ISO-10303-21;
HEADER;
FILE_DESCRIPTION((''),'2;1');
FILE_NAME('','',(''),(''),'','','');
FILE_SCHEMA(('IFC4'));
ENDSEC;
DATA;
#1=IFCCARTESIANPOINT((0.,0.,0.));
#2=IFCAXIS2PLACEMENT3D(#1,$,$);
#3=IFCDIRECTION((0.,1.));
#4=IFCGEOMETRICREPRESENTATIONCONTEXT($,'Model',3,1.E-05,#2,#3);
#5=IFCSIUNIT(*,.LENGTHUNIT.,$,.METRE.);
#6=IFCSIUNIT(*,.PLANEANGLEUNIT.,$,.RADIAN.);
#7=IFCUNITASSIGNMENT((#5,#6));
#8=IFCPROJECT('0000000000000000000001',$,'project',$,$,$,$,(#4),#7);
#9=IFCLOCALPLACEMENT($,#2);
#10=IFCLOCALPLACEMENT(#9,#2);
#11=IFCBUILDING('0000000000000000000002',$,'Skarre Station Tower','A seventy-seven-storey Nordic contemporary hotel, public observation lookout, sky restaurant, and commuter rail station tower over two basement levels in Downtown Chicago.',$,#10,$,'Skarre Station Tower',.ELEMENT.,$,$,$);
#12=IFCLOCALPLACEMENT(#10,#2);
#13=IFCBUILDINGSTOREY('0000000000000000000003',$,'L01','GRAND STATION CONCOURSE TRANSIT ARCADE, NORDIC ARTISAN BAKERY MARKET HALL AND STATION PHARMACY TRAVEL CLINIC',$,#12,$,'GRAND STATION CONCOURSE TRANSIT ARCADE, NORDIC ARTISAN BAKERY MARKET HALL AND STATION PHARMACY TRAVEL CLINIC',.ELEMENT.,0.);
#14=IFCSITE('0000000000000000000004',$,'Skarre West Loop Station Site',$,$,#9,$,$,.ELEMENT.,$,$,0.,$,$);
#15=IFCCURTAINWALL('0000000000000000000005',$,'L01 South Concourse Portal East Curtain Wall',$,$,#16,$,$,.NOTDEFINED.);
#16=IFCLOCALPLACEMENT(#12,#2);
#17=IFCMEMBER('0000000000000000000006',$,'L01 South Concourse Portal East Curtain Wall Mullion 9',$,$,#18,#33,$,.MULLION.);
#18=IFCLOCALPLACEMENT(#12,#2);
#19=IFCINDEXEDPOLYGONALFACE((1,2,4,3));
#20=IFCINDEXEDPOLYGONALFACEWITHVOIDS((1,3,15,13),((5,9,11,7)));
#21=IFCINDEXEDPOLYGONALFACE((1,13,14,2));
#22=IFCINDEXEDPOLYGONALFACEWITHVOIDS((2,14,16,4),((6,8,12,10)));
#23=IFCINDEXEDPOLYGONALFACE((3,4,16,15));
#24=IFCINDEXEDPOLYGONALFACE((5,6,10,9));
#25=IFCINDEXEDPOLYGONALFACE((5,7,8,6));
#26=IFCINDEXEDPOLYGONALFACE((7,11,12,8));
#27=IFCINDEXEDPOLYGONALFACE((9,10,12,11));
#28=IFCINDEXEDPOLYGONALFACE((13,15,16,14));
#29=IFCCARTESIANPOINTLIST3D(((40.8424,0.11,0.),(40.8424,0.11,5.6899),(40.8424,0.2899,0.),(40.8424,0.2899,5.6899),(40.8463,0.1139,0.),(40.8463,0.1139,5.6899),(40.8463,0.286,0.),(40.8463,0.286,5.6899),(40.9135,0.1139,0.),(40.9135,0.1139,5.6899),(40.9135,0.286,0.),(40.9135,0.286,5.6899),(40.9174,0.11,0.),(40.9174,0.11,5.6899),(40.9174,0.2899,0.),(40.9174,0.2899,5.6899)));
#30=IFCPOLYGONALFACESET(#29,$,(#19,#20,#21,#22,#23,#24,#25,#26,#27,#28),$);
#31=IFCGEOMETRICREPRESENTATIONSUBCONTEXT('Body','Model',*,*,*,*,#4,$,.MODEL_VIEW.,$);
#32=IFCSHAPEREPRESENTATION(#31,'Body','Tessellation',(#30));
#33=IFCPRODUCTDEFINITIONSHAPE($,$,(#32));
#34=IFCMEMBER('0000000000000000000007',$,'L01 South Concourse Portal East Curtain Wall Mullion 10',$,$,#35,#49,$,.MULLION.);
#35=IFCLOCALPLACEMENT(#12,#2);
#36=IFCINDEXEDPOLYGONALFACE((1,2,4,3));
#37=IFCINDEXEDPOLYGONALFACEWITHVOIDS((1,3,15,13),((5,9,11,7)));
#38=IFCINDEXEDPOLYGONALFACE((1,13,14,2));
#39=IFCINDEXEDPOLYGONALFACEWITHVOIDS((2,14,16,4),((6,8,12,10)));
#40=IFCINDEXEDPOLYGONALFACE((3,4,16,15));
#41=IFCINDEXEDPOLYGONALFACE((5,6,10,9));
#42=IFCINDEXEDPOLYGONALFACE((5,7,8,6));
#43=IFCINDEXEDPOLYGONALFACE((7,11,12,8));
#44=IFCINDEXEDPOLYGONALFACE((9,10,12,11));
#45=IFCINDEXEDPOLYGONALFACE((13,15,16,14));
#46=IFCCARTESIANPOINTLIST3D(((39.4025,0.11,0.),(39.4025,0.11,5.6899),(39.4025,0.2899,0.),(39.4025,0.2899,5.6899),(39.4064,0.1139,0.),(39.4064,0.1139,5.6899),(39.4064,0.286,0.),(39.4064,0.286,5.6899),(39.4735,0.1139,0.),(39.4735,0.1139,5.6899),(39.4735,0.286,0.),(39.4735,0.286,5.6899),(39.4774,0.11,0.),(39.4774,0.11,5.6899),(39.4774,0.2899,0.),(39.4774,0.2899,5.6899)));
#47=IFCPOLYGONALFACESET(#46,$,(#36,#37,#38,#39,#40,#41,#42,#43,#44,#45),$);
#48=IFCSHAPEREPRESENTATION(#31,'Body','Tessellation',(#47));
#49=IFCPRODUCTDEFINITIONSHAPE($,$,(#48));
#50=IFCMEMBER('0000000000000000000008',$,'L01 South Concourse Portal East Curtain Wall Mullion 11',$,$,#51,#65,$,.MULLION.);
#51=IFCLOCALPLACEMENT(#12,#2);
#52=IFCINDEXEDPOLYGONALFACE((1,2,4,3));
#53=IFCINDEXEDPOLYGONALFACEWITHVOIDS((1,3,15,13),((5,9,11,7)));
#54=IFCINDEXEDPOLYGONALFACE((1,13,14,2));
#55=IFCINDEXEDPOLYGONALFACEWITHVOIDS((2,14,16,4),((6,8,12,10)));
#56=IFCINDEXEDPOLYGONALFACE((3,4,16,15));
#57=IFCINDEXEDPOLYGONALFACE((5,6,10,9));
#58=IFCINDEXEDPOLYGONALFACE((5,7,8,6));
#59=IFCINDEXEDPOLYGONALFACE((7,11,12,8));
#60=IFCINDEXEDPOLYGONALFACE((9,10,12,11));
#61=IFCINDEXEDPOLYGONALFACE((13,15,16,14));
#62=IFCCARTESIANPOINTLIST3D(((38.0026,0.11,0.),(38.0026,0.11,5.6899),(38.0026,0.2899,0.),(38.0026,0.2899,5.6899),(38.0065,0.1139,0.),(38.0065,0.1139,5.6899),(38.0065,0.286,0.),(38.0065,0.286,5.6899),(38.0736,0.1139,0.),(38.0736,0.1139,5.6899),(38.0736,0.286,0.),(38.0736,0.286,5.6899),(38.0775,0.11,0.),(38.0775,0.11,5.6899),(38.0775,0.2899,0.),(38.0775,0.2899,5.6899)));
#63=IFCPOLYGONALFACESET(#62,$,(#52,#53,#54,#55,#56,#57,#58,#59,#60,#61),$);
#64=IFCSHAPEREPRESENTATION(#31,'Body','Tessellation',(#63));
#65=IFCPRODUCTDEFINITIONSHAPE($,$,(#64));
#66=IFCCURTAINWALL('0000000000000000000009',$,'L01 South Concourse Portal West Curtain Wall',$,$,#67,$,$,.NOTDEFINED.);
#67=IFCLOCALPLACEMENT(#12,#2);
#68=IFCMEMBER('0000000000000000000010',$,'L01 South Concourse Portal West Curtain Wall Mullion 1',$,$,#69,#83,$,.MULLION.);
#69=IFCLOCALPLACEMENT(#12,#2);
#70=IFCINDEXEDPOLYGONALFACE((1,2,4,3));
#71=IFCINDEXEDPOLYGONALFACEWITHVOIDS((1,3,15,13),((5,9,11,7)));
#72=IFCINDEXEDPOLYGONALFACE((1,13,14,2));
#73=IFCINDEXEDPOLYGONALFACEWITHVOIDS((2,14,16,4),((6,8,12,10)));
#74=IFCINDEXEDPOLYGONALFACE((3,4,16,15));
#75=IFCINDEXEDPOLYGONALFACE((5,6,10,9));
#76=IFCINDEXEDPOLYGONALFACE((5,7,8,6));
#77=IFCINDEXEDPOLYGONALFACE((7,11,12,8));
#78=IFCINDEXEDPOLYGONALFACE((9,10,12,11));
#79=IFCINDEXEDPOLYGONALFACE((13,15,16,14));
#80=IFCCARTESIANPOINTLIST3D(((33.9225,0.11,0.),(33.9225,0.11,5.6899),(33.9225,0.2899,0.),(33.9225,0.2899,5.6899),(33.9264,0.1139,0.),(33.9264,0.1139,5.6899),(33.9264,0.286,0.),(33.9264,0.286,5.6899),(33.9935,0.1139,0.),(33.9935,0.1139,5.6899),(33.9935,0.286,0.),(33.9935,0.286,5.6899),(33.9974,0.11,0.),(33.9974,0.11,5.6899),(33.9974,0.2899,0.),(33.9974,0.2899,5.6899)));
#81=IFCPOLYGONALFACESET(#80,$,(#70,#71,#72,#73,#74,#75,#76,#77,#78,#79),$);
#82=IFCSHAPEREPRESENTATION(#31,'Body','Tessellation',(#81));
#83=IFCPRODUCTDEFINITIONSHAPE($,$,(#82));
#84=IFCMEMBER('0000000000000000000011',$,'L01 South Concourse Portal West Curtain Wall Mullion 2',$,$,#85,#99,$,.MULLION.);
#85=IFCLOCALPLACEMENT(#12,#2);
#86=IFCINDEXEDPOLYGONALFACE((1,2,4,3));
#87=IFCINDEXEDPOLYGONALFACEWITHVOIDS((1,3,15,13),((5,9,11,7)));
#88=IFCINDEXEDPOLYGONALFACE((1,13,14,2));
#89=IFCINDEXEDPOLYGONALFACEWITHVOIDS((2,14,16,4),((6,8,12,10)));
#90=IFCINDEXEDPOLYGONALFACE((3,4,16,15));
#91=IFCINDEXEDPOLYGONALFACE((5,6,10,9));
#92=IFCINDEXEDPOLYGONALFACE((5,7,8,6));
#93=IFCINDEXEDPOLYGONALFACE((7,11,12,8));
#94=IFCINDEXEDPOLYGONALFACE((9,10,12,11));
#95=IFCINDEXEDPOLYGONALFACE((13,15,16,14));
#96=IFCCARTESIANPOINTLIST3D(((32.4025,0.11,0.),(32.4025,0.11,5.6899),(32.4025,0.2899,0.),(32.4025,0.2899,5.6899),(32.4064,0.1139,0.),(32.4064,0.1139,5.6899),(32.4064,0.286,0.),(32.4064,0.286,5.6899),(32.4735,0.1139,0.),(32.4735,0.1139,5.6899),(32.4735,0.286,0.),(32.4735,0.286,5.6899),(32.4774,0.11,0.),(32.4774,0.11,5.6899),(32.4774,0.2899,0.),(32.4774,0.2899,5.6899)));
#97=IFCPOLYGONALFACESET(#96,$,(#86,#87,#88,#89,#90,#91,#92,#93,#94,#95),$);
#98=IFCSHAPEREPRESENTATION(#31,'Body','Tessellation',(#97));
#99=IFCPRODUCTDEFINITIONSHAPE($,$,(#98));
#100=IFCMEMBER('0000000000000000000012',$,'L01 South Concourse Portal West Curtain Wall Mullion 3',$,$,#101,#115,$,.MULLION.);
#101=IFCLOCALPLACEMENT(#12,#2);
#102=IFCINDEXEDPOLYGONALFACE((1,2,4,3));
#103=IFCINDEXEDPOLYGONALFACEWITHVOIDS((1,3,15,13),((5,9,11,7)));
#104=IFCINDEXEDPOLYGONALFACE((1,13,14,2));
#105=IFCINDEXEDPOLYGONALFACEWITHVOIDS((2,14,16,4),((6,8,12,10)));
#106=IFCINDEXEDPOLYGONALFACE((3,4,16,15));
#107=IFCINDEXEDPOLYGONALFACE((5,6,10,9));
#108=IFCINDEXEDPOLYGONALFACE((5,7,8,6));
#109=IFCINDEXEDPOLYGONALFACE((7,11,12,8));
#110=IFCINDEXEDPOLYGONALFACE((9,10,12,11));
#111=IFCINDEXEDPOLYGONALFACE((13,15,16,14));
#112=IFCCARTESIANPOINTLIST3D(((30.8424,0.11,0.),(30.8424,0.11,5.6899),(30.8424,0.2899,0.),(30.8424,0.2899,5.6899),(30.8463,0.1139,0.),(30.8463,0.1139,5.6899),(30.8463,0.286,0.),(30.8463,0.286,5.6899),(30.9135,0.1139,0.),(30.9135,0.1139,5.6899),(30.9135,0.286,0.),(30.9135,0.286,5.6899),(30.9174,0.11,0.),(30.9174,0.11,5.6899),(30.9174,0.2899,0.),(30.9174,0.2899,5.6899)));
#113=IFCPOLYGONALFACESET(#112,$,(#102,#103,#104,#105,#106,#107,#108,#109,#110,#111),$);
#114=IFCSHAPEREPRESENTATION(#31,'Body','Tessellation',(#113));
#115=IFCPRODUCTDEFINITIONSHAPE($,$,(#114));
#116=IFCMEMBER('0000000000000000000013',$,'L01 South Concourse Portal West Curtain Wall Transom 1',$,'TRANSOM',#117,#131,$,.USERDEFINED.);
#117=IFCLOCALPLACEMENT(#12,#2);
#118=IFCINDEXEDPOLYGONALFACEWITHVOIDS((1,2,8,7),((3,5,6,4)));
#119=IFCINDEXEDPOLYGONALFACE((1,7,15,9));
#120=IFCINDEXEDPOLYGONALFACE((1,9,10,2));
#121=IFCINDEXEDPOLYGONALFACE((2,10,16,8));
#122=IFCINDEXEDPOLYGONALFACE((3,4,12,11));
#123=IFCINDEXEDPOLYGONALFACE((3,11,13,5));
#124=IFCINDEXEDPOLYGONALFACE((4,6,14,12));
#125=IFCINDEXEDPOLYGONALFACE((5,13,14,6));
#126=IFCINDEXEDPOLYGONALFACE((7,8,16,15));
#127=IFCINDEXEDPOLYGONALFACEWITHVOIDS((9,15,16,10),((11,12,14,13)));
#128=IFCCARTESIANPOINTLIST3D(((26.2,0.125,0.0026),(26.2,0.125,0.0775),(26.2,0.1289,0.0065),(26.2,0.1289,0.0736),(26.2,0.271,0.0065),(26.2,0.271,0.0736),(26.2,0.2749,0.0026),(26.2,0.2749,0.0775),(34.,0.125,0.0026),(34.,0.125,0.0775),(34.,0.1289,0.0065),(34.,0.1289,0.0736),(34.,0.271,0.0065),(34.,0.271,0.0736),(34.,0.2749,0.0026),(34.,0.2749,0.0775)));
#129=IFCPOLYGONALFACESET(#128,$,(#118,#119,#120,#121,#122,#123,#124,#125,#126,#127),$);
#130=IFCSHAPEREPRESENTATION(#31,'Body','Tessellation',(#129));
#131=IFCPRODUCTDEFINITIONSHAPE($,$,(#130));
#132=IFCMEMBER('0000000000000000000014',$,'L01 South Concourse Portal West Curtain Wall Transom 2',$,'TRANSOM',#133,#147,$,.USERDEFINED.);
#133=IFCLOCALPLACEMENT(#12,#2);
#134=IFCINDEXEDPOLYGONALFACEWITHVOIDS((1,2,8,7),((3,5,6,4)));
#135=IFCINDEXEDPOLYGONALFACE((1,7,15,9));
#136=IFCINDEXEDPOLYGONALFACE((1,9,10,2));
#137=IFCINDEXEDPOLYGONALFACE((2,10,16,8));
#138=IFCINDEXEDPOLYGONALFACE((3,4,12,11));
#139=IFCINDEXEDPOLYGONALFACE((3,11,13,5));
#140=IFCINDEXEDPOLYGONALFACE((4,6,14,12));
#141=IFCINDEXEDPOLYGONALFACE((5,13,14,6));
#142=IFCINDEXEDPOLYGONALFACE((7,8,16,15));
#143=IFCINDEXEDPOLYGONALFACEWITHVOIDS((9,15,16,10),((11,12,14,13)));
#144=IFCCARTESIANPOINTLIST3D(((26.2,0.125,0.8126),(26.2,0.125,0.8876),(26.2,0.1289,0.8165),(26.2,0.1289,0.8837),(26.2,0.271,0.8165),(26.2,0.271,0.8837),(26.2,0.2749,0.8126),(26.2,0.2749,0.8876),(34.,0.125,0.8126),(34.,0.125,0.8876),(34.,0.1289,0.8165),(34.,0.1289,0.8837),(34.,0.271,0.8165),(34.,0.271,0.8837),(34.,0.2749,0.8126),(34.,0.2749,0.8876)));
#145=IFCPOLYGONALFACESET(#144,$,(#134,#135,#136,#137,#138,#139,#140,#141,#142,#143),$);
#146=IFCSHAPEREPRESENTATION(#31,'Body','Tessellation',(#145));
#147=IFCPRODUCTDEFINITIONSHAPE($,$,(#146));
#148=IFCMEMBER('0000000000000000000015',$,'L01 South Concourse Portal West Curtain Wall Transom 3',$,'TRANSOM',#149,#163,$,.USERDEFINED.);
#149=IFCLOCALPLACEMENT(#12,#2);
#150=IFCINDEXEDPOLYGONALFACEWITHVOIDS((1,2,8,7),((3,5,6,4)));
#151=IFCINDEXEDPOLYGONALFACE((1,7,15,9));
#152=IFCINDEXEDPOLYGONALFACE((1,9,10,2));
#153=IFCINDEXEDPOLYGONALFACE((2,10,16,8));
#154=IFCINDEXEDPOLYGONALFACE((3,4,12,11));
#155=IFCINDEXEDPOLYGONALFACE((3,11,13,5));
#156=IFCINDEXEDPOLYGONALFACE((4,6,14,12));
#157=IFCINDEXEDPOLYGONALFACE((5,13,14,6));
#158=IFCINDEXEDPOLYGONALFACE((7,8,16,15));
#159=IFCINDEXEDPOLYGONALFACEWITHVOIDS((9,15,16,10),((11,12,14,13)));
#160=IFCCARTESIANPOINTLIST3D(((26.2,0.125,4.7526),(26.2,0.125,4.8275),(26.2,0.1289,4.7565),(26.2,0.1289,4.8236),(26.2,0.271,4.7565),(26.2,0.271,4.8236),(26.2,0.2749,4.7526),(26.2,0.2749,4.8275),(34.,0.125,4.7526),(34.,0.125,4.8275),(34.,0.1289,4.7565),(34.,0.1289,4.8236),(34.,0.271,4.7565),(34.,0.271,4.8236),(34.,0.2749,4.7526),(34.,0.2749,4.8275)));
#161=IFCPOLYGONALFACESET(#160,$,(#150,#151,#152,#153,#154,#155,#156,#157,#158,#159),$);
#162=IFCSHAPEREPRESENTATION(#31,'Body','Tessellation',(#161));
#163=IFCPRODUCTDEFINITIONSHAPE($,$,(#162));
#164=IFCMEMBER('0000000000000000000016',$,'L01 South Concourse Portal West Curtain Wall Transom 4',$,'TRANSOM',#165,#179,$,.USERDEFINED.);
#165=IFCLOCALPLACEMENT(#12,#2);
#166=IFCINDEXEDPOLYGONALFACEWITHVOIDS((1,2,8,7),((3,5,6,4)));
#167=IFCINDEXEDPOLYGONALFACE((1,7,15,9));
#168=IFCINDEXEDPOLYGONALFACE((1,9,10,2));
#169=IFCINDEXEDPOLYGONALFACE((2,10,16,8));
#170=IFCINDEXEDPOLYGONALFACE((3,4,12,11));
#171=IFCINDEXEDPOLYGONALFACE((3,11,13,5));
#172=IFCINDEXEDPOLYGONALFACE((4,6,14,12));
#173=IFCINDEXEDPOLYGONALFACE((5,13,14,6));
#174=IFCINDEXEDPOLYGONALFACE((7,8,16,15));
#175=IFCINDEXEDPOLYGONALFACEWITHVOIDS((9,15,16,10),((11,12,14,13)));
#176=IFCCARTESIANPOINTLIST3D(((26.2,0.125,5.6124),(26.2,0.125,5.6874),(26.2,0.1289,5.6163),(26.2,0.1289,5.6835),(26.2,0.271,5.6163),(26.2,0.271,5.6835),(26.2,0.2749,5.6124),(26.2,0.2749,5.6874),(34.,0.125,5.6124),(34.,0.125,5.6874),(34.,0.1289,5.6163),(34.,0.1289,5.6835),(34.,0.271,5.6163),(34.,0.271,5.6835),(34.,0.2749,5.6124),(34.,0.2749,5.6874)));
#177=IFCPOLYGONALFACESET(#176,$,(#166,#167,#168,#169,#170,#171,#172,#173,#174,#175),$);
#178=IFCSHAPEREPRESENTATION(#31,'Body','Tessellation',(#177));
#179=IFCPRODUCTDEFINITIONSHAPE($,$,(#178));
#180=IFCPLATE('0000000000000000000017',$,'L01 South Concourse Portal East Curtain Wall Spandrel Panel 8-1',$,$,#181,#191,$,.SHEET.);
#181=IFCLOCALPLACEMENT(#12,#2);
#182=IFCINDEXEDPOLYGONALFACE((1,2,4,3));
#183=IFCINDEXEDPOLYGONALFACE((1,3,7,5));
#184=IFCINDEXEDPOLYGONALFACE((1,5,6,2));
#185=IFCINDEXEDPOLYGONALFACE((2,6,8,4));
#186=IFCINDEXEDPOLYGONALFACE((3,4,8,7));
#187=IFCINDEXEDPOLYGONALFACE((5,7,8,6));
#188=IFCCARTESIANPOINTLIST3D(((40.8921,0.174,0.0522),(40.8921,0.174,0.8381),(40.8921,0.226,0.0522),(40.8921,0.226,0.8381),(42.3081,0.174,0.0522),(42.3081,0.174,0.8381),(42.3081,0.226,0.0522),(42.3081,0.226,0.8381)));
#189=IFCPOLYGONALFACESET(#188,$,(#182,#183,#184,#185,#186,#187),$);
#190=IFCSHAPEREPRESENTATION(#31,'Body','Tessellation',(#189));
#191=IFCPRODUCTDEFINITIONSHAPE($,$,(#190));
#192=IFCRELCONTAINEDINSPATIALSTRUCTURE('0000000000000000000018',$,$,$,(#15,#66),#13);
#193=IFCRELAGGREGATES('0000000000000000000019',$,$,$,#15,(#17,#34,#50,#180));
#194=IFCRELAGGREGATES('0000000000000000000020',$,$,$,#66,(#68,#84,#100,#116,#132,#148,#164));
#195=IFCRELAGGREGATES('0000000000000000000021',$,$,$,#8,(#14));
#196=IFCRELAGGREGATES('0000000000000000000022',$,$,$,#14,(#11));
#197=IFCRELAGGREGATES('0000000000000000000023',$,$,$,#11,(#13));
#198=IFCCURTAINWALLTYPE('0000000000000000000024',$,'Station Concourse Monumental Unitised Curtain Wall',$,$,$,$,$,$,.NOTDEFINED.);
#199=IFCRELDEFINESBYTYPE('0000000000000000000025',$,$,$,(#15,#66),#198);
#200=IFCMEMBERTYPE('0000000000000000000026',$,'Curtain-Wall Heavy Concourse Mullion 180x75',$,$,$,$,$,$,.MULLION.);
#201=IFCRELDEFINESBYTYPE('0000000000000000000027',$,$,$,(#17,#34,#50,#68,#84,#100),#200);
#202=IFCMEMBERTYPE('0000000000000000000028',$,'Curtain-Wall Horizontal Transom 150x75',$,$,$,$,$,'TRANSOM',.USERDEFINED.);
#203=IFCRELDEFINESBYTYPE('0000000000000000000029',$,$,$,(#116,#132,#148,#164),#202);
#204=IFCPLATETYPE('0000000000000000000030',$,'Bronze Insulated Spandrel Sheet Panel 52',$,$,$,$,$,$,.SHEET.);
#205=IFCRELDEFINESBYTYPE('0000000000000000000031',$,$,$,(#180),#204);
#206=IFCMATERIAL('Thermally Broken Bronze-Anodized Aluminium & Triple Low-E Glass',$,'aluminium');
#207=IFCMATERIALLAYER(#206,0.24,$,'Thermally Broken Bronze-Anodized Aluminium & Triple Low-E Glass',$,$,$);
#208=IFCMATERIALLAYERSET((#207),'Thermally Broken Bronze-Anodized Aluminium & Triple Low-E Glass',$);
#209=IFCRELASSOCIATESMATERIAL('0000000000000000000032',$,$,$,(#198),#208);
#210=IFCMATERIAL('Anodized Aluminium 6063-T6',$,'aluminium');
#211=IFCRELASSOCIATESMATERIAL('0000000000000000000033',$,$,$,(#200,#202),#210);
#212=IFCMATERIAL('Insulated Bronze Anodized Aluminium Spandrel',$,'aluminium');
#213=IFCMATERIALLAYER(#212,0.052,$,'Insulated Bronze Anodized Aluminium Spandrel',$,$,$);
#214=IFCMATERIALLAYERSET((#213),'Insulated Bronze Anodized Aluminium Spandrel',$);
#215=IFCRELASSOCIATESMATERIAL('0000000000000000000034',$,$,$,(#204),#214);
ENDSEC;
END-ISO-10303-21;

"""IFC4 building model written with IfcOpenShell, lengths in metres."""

from ifc_helpers import new_model, si_unit, direction, frame, origin, origin_2d, place, context, subcontext, project, spatial, rectangle, hollow_rectangle, extrude, material, layer, layer_set, material_profile, profile_set, type_object, element, aggregate, save


model = new_model("IFC4")

# Units and contexts
model_context = context("Model", 3, precision=1e-05, world=origin(), true_north=direction((0.0, 1.0)))
body_context = subcontext(model_context, "Body", "Model", "MODEL_VIEW")
ifc_project = project(units=[si_unit("LENGTHUNIT", "METRE"), si_unit("PLANEANGLEUNIT", "RADIAN")], contexts=[model_context])

# Site, building, storey
site_placement = place(None, origin())
site = spatial("IfcSite", under=ifc_project, at=site_placement, Name="Skarre West Loop Station Site", CompositionType="ELEMENT", RefElevation=0.0)
building_placement = place(site_placement, origin())
building = spatial("IfcBuilding", under=site, at=building_placement, Name="Skarre Station Tower", Description="A seventy-seven-storey Nordic contemporary hotel, public observation lookout, sky restaurant, and commuter rail station tower over two basement levels in Downtown Chicago.", LongName="Skarre Station Tower", CompositionType="ELEMENT")
storey_placement = place(building_placement, origin())
storey = spatial("IfcBuildingStorey", under=building, at=storey_placement, Name="L01", Description="GRAND STATION CONCOURSE TRANSIT ARCADE, NORDIC ARTISAN BAKERY MARKET HALL AND STATION PHARMACY TRAVEL CLINIC", LongName="GRAND STATION CONCOURSE TRANSIT ARCADE, NORDIC ARTISAN BAKERY MARKET HALL AND STATION PHARMACY TRAVEL CLINIC", CompositionType="ELEMENT", Elevation=0.0)

# Curtain walls, members
ifc_material_1 = material(Name="Thermally Broken Bronze-Anodized Aluminium & Triple Low-E Glass", Category="aluminium")
ifc_layer_1 = layer(ifc_material_1, 0.24, Name="Thermally Broken Bronze-Anodized Aluminium & Triple Low-E Glass")
ifc_layer_set_1 = layer_set([ifc_layer_1], Name="Thermally Broken Bronze-Anodized Aluminium & Triple Low-E Glass")
curtain_wall_type = type_object("IfcCurtainWallType", Name="Station Concourse Monumental Unitised Curtain Wall", PredefinedType="NOTDEFINED", material=ifc_layer_set_1)
curtain_wall_1_placement = place(storey_placement, origin())
curtain_wall_1 = element("IfcCurtainWall", 1, at=curtain_wall_1_placement, inside=storey, type_object=curtain_wall_type, Name="L01 South Concourse Portal East Curtain Wall", PredefinedType="NOTDEFINED")
ifc_material_2 = material(Name="Anodized Aluminium 6063-T6", Category="aluminium")
ifc_material_profile_1 = material_profile(ifc_material_2, hollow_rectangle(XDim=0.075, YDim=0.1799, WallThickness=0.0039, at=origin_2d()), Name="Anodized Aluminium 6063-T6")
ifc_profile_set_1 = profile_set([ifc_material_profile_1], Name="Anodized Aluminium 6063-T6")
member_type_1 = type_object("IfcMemberType", Name="Curtain-Wall Heavy Concourse Mullion 180x75", PredefinedType="MULLION", material=ifc_profile_set_1)
member_1_placement = place(storey_placement, frame((40.8799, 0.2, 0.0), z_axis=(0.0, 0.0, 1.0), x_axis=(-1.0, 0.0, 0.0)))
member_1 = element("IfcMember", 2, at=member_1_placement, type_object=member_type_1, Name="L01 South Concourse Portal East Curtain Wall Mullion 9", PredefinedType="MULLION", context=body_context, shape_type="SweptSolid", body=[
    extrude(hollow_rectangle(XDim=0.075, YDim=0.1799, WallThickness=0.0039, at=origin_2d()), origin(), (0.0, 0.0, 1.0), 5.6899),
])
member_2_placement = place(storey_placement, frame((39.4399, 0.2, 0.0), z_axis=(0.0, 0.0, 1.0), x_axis=(-1.0, 0.0, 0.0)))
member_2 = element("IfcMember", 3, at=member_2_placement, type_object=member_type_1, Name="L01 South Concourse Portal East Curtain Wall Mullion 10", PredefinedType="MULLION", context=body_context, shape_type="SweptSolid", body=[
    extrude(hollow_rectangle(XDim=0.075, YDim=0.1799, WallThickness=0.0039, at=origin_2d()), origin(), (0.0, 0.0, 1.0), 5.6899),
])
member_3_placement = place(storey_placement, frame((38.04, 0.2, 0.0), z_axis=(0.0, 0.0, 1.0), x_axis=(-1.0, 0.0, 0.0)))
member_3 = element("IfcMember", 4, at=member_3_placement, type_object=member_type_1, Name="L01 South Concourse Portal East Curtain Wall Mullion 11", PredefinedType="MULLION", context=body_context, shape_type="SweptSolid", body=[
    extrude(hollow_rectangle(XDim=0.075, YDim=0.1799, WallThickness=0.0039, at=origin_2d()), origin(), (0.0, 0.0, 1.0), 5.6899),
])
curtain_wall_2_placement = place(storey_placement, origin())
curtain_wall_2 = element("IfcCurtainWall", 5, at=curtain_wall_2_placement, inside=storey, type_object=curtain_wall_type, Name="L01 South Concourse Portal West Curtain Wall", PredefinedType="NOTDEFINED")
member_4_placement = place(storey_placement, frame((33.96, 0.2, 0.0), z_axis=(0.0, 0.0, 1.0), x_axis=(-1.0, 0.0, 0.0)))
member_4 = element("IfcMember", 6, at=member_4_placement, type_object=member_type_1, Name="L01 South Concourse Portal West Curtain Wall Mullion 1", PredefinedType="MULLION", context=body_context, shape_type="SweptSolid", body=[
    extrude(hollow_rectangle(XDim=0.075, YDim=0.1799, WallThickness=0.0039, at=origin_2d()), origin(), (0.0, 0.0, 1.0), 5.6899),
])
member_5_placement = place(storey_placement, frame((32.4399, 0.2, 0.0), z_axis=(0.0, 0.0, 1.0), x_axis=(-1.0, 0.0, 0.0)))
member_5 = element("IfcMember", 7, at=member_5_placement, type_object=member_type_1, Name="L01 South Concourse Portal West Curtain Wall Mullion 2", PredefinedType="MULLION", context=body_context, shape_type="SweptSolid", body=[
    extrude(hollow_rectangle(XDim=0.075, YDim=0.1799, WallThickness=0.0039, at=origin_2d()), origin(), (0.0, 0.0, 1.0), 5.6899),
])
member_6_placement = place(storey_placement, frame((30.8799, 0.2, 0.0), z_axis=(0.0, 0.0, 1.0), x_axis=(-1.0, 0.0, 0.0)))
member_6 = element("IfcMember", 8, at=member_6_placement, type_object=member_type_1, Name="L01 South Concourse Portal West Curtain Wall Mullion 3", PredefinedType="MULLION", context=body_context, shape_type="SweptSolid", body=[
    extrude(hollow_rectangle(XDim=0.075, YDim=0.1799, WallThickness=0.0039, at=origin_2d()), origin(), (0.0, 0.0, 1.0), 5.6899),
])
ifc_material_profile_2 = material_profile(ifc_material_2, hollow_rectangle(XDim=0.075, YDim=0.1499, WallThickness=0.0039, at=origin_2d()), Name="Anodized Aluminium 6063-T6")
ifc_profile_set_2 = profile_set([ifc_material_profile_2], Name="Anodized Aluminium 6063-T6")
member_type_2 = type_object("IfcMemberType", Name="Curtain-Wall Horizontal Transom 150x75", ElementType="TRANSOM", PredefinedType="USERDEFINED", material=ifc_profile_set_2)
member_7_placement = place(storey_placement, frame((34.0, 0.2, 0.04), z_axis=(-1.0, 0.0, 0.0), x_axis=(0.0, 0.0, 1.0)))
member_7 = element("IfcMember", 9, at=member_7_placement, type_object=member_type_2, Name="L01 South Concourse Portal West Curtain Wall Transom 1", ObjectType="TRANSOM", PredefinedType="USERDEFINED", context=body_context, shape_type="SweptSolid", body=[
    extrude(hollow_rectangle(XDim=0.075, YDim=0.1499, WallThickness=0.0039, at=origin_2d()), origin(), (0.0, 0.0, 1.0), 7.8),
])
member_8_placement = place(storey_placement, frame((34.0, 0.2, 0.8501), z_axis=(-1.0, 0.0, 0.0), x_axis=(0.0, 0.0, 1.0)))
member_8 = element("IfcMember", 10, at=member_8_placement, type_object=member_type_2, Name="L01 South Concourse Portal West Curtain Wall Transom 2", ObjectType="TRANSOM", PredefinedType="USERDEFINED", context=body_context, shape_type="SweptSolid", body=[
    extrude(hollow_rectangle(XDim=0.075, YDim=0.1499, WallThickness=0.0039, at=origin_2d()), origin(), (0.0, 0.0, 1.0), 7.8),
])
member_9_placement = place(storey_placement, frame((34.0, 0.2, 4.79), z_axis=(-1.0, 0.0, 0.0), x_axis=(0.0, 0.0, 1.0)))
member_9 = element("IfcMember", 11, at=member_9_placement, type_object=member_type_2, Name="L01 South Concourse Portal West Curtain Wall Transom 3", ObjectType="TRANSOM", PredefinedType="USERDEFINED", context=body_context, shape_type="SweptSolid", body=[
    extrude(hollow_rectangle(XDim=0.075, YDim=0.1499, WallThickness=0.0039, at=origin_2d()), origin(), (0.0, 0.0, 1.0), 7.8),
])
member_10_placement = place(storey_placement, frame((34.0, 0.2, 5.6499), z_axis=(-1.0, 0.0, 0.0), x_axis=(0.0, 0.0, 1.0)))
member_10 = element("IfcMember", 12, at=member_10_placement, type_object=member_type_2, Name="L01 South Concourse Portal West Curtain Wall Transom 4", ObjectType="TRANSOM", PredefinedType="USERDEFINED", context=body_context, shape_type="SweptSolid", body=[
    extrude(hollow_rectangle(XDim=0.075, YDim=0.1499, WallThickness=0.0039, at=origin_2d()), origin(), (0.0, 0.0, 1.0), 7.8),
])

# Plate
ifc_material_3 = material(Name="Insulated Bronze Anodized Aluminium Spandrel", Category="aluminium")
ifc_layer_2 = layer(ifc_material_3, 0.052, Name="Insulated Bronze Anodized Aluminium Spandrel")
ifc_layer_set_2 = layer_set([ifc_layer_2], Name="Insulated Bronze Anodized Aluminium Spandrel")
plate_type_1 = type_object("IfcPlateType", Name="Bronze Insulated Spandrel Sheet Panel 52", PredefinedType="SHEET", material=ifc_layer_set_2)
plate_1_placement = place(storey_placement, frame((41.6001, 0.2, 0.0522), z_axis=(0.0, 0.0, 1.0), x_axis=(-1.0, 0.0, 0.0)))
plate_1 = element("IfcPlate", 13, at=plate_1_placement, type_object=plate_type_1, Name="L01 South Concourse Portal East Curtain Wall Spandrel Panel 8-1", PredefinedType="SHEET", context=body_context, shape_type="SweptSolid", body=[
    extrude(rectangle(XDim=1.416, YDim=0.052, at=origin_2d()), origin(), (0.0, 0.0, 1.0), 0.7859),
])
aggregate(curtain_wall_1, [member_1, member_2, member_3, plate_1])
aggregate(curtain_wall_2, [member_4, member_5, member_6, member_7, member_8, member_9, member_10])

save(model, "model.ifc")
